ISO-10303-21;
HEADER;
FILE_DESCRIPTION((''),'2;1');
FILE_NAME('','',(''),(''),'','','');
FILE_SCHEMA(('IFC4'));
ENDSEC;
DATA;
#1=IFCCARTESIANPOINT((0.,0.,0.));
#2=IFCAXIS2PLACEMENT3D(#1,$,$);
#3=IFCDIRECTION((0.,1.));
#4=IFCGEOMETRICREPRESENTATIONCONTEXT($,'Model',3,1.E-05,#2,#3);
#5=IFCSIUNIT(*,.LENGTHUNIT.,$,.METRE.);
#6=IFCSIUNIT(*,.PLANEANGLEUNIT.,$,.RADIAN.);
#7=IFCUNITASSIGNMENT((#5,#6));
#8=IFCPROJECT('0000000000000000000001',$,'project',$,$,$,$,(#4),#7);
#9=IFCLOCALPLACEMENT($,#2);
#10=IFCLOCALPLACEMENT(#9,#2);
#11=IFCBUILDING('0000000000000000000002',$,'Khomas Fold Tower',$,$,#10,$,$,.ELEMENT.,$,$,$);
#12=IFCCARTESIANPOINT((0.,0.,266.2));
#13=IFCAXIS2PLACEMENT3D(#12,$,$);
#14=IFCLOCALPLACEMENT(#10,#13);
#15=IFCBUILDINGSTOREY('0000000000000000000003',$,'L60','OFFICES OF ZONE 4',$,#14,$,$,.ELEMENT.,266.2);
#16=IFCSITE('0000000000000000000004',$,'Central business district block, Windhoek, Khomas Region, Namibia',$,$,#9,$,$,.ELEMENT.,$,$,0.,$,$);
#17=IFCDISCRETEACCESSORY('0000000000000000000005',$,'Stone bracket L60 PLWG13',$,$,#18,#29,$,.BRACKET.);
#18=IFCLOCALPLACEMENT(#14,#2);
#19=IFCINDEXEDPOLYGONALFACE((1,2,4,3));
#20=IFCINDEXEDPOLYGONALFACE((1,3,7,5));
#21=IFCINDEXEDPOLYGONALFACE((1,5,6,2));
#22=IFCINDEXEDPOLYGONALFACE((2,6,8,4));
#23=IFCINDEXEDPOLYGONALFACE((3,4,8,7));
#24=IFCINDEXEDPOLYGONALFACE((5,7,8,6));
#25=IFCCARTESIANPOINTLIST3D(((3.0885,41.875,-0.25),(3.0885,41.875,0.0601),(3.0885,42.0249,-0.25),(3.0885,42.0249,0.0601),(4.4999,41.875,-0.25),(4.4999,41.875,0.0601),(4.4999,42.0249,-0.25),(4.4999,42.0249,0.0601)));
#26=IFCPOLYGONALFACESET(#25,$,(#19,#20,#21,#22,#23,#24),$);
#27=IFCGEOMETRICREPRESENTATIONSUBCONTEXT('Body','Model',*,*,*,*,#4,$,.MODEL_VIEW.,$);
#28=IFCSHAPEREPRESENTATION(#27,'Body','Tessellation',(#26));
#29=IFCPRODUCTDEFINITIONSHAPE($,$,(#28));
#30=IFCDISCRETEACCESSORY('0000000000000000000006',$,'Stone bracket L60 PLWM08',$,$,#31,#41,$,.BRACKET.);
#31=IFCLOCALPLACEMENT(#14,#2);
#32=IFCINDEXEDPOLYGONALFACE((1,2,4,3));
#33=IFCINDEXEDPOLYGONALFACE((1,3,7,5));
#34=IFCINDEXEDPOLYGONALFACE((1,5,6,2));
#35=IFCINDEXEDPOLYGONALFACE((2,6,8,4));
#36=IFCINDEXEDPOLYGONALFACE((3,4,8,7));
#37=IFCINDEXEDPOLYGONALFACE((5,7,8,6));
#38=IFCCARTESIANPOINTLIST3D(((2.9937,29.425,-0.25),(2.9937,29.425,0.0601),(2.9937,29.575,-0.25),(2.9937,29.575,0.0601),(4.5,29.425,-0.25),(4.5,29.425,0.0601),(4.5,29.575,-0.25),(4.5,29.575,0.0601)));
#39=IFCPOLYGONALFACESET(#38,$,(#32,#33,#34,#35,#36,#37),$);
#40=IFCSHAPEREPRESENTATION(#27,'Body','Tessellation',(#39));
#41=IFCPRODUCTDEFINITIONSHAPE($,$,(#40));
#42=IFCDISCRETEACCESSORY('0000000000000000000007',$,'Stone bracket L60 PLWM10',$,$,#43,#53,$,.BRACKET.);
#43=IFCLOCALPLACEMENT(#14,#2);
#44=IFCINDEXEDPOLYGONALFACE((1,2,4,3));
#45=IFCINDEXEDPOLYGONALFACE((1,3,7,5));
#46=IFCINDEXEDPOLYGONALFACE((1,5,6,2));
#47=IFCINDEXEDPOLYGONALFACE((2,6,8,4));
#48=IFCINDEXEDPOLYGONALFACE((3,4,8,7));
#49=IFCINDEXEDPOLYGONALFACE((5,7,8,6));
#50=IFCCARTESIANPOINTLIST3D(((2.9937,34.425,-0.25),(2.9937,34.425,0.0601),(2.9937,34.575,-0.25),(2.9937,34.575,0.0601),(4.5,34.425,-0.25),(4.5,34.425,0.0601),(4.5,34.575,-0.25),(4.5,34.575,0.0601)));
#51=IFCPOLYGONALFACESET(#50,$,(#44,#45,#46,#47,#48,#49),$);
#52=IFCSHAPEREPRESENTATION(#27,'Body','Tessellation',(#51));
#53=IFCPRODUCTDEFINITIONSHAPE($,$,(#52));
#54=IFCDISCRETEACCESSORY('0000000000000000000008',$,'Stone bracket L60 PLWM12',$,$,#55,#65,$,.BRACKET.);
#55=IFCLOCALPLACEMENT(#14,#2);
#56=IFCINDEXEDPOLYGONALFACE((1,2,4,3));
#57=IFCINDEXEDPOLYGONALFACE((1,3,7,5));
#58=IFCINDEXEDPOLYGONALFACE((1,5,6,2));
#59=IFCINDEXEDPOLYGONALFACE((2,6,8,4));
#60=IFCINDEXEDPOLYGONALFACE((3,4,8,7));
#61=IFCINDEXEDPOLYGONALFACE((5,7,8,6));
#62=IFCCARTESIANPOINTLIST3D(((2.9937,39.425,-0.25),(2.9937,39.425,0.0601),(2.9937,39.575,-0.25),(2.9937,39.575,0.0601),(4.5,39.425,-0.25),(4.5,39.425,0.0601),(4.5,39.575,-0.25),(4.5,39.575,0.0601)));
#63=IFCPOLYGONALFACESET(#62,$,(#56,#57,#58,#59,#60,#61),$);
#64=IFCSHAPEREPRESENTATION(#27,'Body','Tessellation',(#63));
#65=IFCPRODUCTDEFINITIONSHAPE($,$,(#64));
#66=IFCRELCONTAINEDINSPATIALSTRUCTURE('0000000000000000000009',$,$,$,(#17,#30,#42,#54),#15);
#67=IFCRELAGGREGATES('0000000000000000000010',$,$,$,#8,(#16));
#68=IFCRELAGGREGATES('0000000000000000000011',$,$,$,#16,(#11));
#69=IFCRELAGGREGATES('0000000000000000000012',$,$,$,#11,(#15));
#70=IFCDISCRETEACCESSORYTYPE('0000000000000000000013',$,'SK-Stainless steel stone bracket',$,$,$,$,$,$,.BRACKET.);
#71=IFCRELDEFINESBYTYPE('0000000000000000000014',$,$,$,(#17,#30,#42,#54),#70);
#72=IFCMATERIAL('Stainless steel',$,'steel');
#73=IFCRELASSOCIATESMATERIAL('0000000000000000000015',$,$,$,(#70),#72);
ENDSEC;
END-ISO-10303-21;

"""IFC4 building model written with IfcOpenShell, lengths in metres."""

from ifc_helpers import new_model, si_unit, direction, frame, origin, origin_2d, place, context, subcontext, project, spatial, rectangle, extrude, source, transform, mapped, material, type_object, element, save


model = new_model("IFC4")

# Units and contexts
model_context = context("Model", 3, precision=1e-05, world=origin(), true_north=direction((0.0, 1.0)))
body_context = subcontext(model_context, "Body", "Model", "MODEL_VIEW")
ifc_project = project(units=[si_unit("LENGTHUNIT", "METRE"), si_unit("PLANEANGLEUNIT", "RADIAN")], contexts=[model_context])

# Site, building, storey
site_placement = place(None, origin())
site = spatial("IfcSite", under=ifc_project, at=site_placement, Name="Central business district block, Windhoek, Khomas Region, Namibia", CompositionType="ELEMENT", RefElevation=0.0)
building_placement = place(site_placement, origin())
building = spatial("IfcBuilding", under=site, at=building_placement, Name="Khomas Fold Tower", CompositionType="ELEMENT")
storey_placement = place(building_placement, frame((0.0, 0.0, 266.2)))
storey = spatial("IfcBuildingStorey", under=building, at=storey_placement, Name="L60", Description="OFFICES OF ZONE 4", CompositionType="ELEMENT", Elevation=266.2)

# Discrete accessories
ifc_material_1 = material(Name="Stainless steel", Category="steel")
discrete_accessory_type = type_object("IfcDiscreteAccessoryType", Name="SK-Stainless steel stone bracket", PredefinedType="BRACKET", material=ifc_material_1)
shared_shape_1 = source(origin(), body_context, "Body", "SweptSolid", [
    extrude(rectangle(XDim=1.4114, YDim=0.1499, at=origin_2d()), origin(), (0.0, 0.0, 1.0), 0.3101),
])
for number, where, z_axis, x_axis, name in (
    (1, (3.7942, 41.95, -0.25), (0.0, 0.0, 1.0), (-1.0, 0.0, 0.0), "Stone bracket L60 PLWG13"),
):
    element("IfcDiscreteAccessory", number, at=place(storey_placement, frame(where, z_axis=z_axis, x_axis=x_axis)), inside=storey, type_object=discrete_accessory_type, Name=name, PredefinedType="BRACKET", context=body_context, shape_type="MappedRepresentation", body=[
        mapped(shared_shape_1, transform((0.0, 0.0, 0.0))),
    ])
shared_shape_2 = source(origin(), body_context, "Body", "SweptSolid", [
    extrude(rectangle(XDim=1.5063, YDim=0.1499, at=origin_2d()), origin(), (0.0, 0.0, 1.0), 0.3101),
])
for number, where, z_axis, x_axis, name in (
    (2, (3.7468, 29.5, -0.25), (0.0, 0.0, 1.0), (-1.0, 0.0, 0.0), "Stone bracket L60 PLWM08"),
    (3, (3.7468, 34.5, -0.25), (0.0, 0.0, 1.0), (-1.0, 0.0, 0.0), "Stone bracket L60 PLWM10"),
    (4, (3.7468, 39.5, -0.25), (0.0, 0.0, 1.0), (-1.0, 0.0, 0.0), "Stone bracket L60 PLWM12"),
):
    element("IfcDiscreteAccessory", number, at=place(storey_placement, frame(where, z_axis=z_axis, x_axis=x_axis)), inside=storey, type_object=discrete_accessory_type, Name=name, PredefinedType="BRACKET", context=body_context, shape_type="MappedRepresentation", body=[
        mapped(shared_shape_2, transform((0.0, 0.0, 0.0))),
    ])

save(model, "model.ifc")
